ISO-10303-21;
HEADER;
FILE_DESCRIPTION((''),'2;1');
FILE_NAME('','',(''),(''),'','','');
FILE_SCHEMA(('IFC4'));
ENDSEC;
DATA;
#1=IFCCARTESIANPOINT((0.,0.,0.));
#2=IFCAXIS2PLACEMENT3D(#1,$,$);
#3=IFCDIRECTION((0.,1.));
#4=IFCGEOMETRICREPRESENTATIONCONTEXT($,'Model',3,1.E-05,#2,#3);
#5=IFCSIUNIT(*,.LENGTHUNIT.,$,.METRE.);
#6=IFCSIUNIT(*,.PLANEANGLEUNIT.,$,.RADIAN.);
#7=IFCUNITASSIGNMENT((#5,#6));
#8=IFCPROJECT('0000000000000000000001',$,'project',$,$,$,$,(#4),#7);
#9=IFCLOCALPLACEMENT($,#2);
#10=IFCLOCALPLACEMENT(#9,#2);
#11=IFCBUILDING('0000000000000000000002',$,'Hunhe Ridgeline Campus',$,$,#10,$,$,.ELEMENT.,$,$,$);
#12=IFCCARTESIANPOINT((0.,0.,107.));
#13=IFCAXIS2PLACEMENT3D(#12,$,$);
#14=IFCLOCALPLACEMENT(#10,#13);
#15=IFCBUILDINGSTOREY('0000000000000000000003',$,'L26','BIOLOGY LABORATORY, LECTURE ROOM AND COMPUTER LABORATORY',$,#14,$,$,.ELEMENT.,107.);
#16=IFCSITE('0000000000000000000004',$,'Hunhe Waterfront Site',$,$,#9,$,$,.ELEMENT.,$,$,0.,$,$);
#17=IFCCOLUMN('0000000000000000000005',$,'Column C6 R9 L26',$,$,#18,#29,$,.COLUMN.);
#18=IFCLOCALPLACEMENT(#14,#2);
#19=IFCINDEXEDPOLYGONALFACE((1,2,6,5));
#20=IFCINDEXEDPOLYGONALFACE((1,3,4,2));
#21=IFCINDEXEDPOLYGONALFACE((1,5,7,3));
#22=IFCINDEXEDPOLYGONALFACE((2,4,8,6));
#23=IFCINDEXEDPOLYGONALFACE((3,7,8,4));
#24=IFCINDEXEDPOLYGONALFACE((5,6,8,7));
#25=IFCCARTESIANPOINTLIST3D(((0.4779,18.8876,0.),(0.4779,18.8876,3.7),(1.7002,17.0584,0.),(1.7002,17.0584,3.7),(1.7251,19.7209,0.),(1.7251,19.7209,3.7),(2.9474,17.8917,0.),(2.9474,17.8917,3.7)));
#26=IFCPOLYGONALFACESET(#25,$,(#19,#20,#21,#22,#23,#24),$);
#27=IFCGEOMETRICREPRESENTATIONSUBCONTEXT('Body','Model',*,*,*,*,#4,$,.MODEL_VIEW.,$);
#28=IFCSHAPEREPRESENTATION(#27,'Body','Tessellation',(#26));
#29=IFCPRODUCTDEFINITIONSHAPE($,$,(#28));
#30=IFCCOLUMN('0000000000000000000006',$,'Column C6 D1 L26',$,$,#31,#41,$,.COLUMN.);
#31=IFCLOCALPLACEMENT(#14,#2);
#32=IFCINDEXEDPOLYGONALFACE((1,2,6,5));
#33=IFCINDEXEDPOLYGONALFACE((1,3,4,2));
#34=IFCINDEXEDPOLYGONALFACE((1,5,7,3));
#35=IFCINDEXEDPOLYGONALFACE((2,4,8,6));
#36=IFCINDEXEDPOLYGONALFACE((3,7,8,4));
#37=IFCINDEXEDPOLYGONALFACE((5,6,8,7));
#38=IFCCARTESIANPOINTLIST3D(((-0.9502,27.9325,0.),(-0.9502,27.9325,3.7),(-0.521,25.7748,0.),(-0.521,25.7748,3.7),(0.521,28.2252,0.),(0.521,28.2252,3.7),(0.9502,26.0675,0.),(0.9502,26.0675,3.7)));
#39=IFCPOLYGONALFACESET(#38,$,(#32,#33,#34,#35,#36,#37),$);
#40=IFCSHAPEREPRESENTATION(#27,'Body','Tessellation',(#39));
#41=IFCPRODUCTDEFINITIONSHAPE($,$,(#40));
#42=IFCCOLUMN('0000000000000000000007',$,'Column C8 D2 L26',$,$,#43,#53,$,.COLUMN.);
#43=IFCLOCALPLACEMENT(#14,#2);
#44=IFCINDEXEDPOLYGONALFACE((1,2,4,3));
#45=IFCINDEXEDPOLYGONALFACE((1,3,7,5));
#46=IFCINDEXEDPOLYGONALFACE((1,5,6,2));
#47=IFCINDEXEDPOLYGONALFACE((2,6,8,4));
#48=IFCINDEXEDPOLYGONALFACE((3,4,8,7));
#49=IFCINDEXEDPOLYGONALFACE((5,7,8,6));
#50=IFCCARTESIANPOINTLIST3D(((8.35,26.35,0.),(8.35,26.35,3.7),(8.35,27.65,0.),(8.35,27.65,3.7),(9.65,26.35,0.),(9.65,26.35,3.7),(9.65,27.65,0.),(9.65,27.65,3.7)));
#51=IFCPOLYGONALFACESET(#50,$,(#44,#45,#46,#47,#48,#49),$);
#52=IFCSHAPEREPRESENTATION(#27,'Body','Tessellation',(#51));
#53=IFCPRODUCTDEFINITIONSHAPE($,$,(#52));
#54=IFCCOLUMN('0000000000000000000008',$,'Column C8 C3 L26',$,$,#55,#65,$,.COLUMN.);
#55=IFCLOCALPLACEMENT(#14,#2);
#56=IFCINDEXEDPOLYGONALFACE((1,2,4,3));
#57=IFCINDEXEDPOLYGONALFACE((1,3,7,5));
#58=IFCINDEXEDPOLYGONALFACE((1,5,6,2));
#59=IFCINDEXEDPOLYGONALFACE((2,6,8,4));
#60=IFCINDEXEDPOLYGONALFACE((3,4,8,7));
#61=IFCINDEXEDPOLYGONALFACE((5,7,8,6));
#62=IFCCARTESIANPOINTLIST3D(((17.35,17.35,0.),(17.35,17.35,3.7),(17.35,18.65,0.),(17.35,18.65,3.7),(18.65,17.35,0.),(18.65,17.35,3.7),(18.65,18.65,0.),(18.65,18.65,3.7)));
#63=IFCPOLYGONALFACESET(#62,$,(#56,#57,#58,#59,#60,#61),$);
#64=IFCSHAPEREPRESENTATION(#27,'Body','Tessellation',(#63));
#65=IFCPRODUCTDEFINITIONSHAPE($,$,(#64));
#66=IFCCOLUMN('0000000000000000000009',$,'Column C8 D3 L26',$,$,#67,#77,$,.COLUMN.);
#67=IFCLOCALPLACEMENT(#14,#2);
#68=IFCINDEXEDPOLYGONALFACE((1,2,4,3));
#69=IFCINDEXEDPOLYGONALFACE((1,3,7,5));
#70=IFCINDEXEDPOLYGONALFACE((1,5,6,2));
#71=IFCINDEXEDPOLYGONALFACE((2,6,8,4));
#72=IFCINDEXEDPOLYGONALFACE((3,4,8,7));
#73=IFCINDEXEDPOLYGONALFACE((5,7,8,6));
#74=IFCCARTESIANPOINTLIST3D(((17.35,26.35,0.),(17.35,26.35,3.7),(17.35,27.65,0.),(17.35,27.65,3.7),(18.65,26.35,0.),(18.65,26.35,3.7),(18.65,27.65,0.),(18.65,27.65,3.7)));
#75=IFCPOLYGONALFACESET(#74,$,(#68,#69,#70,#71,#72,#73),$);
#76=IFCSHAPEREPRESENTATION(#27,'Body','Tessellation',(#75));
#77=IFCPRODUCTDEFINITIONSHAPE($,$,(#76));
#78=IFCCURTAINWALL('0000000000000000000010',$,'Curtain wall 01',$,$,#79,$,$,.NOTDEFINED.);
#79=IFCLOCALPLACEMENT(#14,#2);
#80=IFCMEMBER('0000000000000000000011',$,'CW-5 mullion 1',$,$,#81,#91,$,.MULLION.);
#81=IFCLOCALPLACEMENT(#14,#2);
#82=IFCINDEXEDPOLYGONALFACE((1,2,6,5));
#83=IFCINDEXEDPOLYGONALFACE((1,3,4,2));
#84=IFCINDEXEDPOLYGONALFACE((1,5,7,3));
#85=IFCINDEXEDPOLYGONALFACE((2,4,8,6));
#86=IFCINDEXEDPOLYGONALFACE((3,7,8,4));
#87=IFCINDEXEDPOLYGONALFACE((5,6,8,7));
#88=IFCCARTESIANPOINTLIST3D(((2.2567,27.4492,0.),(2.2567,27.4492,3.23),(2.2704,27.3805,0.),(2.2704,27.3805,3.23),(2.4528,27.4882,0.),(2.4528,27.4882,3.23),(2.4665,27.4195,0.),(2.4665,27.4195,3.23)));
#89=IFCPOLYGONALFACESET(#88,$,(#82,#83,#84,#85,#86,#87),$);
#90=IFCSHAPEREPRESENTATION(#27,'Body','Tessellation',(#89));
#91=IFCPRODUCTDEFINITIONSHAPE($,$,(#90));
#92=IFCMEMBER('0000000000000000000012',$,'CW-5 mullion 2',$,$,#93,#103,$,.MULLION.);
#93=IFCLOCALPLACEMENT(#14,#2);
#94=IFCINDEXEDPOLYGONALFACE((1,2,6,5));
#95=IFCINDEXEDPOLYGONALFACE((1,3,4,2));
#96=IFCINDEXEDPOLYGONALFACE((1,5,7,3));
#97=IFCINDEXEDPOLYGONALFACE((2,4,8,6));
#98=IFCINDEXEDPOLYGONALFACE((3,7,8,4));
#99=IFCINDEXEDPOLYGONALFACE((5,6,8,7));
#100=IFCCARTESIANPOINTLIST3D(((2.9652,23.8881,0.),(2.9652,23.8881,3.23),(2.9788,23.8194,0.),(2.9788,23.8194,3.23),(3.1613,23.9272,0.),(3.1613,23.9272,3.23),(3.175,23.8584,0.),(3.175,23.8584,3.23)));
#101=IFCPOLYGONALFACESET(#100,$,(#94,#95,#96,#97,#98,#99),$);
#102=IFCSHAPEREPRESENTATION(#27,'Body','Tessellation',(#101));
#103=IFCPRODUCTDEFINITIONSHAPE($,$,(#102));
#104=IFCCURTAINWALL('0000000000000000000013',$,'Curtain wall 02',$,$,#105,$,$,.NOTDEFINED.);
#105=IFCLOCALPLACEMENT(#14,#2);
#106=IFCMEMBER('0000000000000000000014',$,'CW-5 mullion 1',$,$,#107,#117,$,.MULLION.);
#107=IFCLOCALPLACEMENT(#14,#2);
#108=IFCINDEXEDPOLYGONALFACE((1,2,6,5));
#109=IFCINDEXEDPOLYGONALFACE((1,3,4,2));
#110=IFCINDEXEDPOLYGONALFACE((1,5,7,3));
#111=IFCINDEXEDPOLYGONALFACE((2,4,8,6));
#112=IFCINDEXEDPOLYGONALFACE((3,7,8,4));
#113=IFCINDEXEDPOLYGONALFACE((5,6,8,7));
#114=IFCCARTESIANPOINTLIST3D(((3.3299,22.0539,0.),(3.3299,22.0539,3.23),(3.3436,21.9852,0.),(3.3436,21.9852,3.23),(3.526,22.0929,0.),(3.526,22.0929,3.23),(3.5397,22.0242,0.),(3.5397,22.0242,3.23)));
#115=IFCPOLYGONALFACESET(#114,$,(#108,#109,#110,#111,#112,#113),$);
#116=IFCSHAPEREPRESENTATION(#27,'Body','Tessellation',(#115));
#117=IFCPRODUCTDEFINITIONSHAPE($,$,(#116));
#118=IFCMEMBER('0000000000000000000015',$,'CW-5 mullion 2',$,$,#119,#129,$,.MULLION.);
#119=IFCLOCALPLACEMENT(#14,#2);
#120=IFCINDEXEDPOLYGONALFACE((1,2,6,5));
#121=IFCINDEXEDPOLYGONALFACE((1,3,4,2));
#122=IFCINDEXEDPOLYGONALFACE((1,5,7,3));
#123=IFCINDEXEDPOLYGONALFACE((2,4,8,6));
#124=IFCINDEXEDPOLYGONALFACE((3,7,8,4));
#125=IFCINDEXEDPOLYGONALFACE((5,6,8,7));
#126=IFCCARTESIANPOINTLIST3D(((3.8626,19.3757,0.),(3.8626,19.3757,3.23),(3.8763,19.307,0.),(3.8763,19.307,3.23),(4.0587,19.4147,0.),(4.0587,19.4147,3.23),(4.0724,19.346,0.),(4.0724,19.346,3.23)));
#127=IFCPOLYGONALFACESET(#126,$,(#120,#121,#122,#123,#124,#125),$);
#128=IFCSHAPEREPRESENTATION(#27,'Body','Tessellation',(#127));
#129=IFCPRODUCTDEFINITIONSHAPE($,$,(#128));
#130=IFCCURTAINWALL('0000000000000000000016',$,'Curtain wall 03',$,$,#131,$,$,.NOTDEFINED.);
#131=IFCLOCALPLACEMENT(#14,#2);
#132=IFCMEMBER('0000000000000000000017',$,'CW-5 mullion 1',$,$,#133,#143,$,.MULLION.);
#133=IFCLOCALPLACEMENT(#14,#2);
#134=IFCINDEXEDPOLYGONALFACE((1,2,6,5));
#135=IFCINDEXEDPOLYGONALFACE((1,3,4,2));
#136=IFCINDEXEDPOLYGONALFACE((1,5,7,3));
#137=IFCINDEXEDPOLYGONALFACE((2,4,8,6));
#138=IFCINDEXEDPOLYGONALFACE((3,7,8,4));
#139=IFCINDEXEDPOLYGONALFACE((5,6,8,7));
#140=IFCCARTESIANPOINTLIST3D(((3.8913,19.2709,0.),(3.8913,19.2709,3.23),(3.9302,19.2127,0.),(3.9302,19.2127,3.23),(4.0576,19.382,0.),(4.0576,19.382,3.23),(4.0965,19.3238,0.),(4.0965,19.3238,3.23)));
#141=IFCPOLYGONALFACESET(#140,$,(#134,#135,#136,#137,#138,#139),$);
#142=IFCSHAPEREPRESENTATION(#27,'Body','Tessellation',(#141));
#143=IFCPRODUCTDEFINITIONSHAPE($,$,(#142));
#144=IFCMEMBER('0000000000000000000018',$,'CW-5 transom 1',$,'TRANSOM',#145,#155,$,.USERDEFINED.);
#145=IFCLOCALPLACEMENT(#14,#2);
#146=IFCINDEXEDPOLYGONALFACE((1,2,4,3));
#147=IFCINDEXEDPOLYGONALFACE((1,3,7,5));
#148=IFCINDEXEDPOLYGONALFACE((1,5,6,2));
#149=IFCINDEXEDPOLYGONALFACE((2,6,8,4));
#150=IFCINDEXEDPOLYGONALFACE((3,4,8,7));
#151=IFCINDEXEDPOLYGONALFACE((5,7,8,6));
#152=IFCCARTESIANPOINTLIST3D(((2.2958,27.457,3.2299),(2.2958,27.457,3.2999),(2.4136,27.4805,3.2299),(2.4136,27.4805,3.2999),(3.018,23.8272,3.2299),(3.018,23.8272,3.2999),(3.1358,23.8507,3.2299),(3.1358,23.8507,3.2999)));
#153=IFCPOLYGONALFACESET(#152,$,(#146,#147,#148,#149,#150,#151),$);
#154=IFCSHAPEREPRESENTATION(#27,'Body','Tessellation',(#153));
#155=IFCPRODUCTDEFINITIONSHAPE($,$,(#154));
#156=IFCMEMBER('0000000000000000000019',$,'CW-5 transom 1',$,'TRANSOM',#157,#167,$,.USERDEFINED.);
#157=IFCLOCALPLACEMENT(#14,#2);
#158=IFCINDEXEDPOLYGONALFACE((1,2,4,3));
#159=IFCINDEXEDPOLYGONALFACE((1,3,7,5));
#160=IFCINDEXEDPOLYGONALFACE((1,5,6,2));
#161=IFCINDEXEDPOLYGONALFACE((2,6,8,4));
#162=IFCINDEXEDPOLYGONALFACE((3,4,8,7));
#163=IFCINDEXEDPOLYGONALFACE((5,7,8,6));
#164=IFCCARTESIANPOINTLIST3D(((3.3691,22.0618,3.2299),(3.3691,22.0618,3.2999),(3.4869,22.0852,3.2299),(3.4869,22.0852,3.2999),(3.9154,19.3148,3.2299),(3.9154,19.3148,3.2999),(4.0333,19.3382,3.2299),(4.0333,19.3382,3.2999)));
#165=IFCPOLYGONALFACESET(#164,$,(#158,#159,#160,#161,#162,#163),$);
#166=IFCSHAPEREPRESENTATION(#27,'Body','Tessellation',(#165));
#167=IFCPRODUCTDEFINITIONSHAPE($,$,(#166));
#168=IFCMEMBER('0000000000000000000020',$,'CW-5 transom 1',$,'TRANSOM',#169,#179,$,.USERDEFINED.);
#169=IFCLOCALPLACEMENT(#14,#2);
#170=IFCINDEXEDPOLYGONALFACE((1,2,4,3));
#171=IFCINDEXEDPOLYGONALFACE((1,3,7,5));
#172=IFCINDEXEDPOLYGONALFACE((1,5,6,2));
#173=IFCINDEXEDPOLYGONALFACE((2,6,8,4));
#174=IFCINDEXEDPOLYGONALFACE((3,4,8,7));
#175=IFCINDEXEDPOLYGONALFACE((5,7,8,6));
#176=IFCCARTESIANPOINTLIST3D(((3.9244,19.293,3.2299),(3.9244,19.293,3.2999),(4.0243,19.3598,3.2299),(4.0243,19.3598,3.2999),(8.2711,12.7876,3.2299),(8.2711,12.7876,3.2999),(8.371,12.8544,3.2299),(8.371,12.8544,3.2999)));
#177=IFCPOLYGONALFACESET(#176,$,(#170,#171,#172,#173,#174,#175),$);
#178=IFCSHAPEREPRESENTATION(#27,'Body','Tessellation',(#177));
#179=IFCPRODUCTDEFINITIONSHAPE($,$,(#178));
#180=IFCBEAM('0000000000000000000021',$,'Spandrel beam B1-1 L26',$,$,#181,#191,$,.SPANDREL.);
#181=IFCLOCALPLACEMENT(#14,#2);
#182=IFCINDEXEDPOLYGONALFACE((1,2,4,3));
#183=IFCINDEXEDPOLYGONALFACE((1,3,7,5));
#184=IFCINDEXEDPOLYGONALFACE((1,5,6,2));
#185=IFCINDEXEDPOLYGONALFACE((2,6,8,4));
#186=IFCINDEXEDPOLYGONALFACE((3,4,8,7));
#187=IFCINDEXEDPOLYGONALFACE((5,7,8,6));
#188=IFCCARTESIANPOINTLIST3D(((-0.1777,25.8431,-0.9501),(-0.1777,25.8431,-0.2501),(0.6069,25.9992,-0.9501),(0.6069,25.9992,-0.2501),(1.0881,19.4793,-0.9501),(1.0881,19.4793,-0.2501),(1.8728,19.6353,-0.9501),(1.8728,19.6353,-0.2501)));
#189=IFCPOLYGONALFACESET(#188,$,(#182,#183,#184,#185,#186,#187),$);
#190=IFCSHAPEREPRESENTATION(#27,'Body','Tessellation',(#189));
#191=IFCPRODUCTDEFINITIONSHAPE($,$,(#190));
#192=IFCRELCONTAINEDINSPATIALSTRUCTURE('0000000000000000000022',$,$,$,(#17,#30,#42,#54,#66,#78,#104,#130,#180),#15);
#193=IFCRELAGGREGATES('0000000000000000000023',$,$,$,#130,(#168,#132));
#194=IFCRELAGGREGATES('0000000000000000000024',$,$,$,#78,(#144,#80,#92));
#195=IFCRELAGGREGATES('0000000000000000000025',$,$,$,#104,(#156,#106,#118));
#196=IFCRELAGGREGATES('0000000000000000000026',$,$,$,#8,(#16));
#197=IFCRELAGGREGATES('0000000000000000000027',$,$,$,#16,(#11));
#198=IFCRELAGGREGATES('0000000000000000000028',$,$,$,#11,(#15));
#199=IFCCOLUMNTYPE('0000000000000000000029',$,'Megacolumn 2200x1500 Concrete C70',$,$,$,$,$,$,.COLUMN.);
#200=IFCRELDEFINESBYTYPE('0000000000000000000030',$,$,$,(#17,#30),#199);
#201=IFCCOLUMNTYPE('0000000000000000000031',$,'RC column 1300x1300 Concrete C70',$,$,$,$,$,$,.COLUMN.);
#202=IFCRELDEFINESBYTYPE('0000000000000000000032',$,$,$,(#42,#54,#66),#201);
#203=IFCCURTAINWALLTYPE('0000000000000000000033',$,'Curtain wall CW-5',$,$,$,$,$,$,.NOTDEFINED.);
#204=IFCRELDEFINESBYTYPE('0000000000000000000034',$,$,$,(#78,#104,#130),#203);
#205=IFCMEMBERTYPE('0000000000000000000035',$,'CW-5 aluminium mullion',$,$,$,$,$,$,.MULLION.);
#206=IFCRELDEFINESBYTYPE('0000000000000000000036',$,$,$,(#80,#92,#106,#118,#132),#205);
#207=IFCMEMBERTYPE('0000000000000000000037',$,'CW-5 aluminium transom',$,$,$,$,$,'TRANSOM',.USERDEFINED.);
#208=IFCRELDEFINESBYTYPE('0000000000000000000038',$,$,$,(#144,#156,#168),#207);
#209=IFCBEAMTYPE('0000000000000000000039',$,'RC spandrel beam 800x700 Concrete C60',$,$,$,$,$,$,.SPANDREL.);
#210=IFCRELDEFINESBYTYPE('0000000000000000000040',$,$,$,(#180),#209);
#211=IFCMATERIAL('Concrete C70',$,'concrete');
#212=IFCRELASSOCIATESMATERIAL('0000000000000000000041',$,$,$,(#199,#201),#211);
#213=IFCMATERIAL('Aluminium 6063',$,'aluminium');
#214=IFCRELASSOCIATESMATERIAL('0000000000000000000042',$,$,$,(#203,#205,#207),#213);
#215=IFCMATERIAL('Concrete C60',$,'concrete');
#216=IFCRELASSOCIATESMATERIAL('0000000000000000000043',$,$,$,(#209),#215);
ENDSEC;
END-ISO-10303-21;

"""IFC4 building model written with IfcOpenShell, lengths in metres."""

from ifc_helpers import new_model, si_unit, direction, frame, origin, origin_2d, place, context, subcontext, project, spatial, rectangle, extrude, material, material_profile, profile_set, type_object, element, aggregate, save


model = new_model("IFC4")

# Units and contexts
model_context = context("Model", 3, precision=1e-05, world=origin(), true_north=direction((0.0, 1.0)))
body_context = subcontext(model_context, "Body", "Model", "MODEL_VIEW")
ifc_project = project(units=[si_unit("LENGTHUNIT", "METRE"), si_unit("PLANEANGLEUNIT", "RADIAN")], contexts=[model_context])

# Site, building, storey
site_placement = place(None, origin())
site = spatial("IfcSite", under=ifc_project, at=site_placement, Name="Hunhe Waterfront Site", CompositionType="ELEMENT", RefElevation=0.0)
building_placement = place(site_placement, origin())
building = spatial("IfcBuilding", under=site, at=building_placement, Name="Hunhe Ridgeline Campus", CompositionType="ELEMENT")
storey_placement = place(building_placement, frame((0.0, 0.0, 107.0)))
storey = spatial("IfcBuildingStorey", under=building, at=storey_placement, Name="L26", Description="BIOLOGY LABORATORY, LECTURE ROOM AND COMPUTER LABORATORY", CompositionType="ELEMENT", Elevation=107.0)

# Columns
ifc_material_1 = material(Name="Concrete C70", Category="concrete")
ifc_material_profile_1 = material_profile(ifc_material_1, rectangle(XDim=2.2, YDim=1.5, at=origin_2d()))
ifc_profile_set_1 = profile_set([ifc_material_profile_1], Name="Concrete C70")
column_type_1 = type_object("IfcColumnType", Name="Megacolumn 2200x1500 Concrete C70", PredefinedType="COLUMN", material=ifc_profile_set_1)
for number, where, z_axis, x_axis, name in (
    (1, (1.7126, 18.3896, 0.0), (0.0, 0.0, 1.0), (-0.55557, 0.83147, 0.0), "Column C6 R9 L26"),
    (2, (0.0, 27.0, 0.0), (0.0, 0.0, 1.0), (-0.19509, 0.980785, 0.0), "Column C6 D1 L26"),
):
    element("IfcColumn", number, at=place(storey_placement, frame(where, z_axis=z_axis, x_axis=x_axis)), inside=storey, type_object=column_type_1, Name=name, PredefinedType="COLUMN", context=body_context, shape_type="SweptSolid", body=[
        extrude(rectangle(XDim=2.2, YDim=1.5, at=origin_2d()), origin(), (0.0, 0.0, 1.0), 3.7),
    ])
ifc_material_profile_2 = material_profile(ifc_material_1, rectangle(XDim=1.3, YDim=1.3, at=origin_2d()))
ifc_profile_set_2 = profile_set([ifc_material_profile_2], Name="Concrete C70")
column_type_2 = type_object("IfcColumnType", Name="RC column 1300x1300 Concrete C70", PredefinedType="COLUMN", material=ifc_profile_set_2)
for number, where, z_axis, x_axis, name in (
    (3, (9.0, 27.0, 0.0), (0.0, 0.0, 1.0), (1.0, 0.0, 0.0), "Column C8 D2 L26"),
    (4, (18.0, 18.0, 0.0), (0.0, 0.0, 1.0), (1.0, 0.0, 0.0), "Column C8 C3 L26"),
    (5, (18.0, 27.0, 0.0), (0.0, 0.0, 1.0), (1.0, 0.0, 0.0), "Column C8 D3 L26"),
):
    element("IfcColumn", number, at=place(storey_placement, frame(where, z_axis=z_axis, x_axis=x_axis)), inside=storey, type_object=column_type_2, Name=name, PredefinedType="COLUMN", context=body_context, shape_type="SweptSolid", body=[
        extrude(rectangle(XDim=1.3, YDim=1.3, at=origin_2d()), origin(), (0.0, 0.0, 1.0), 3.7),
    ])

# Curtain walls, members
ifc_material_2 = material(Name="Aluminium 6063", Category="aluminium")
curtain_wall_type = type_object("IfcCurtainWallType", Name="Curtain wall CW-5", PredefinedType="NOTDEFINED", material=ifc_material_2)
curtain_wall_1_placement = place(storey_placement, origin())
curtain_wall_1 = element("IfcCurtainWall", 6, at=curtain_wall_1_placement, inside=storey, type_object=curtain_wall_type, Name="Curtain wall 01", PredefinedType="NOTDEFINED")
ifc_material_profile_3 = material_profile(ifc_material_2, rectangle(XDim=0.2, YDim=0.0701, at=origin_2d()))
ifc_profile_set_3 = profile_set([ifc_material_profile_3], Name="Aluminium 6063")
member_type_1 = type_object("IfcMemberType", Name="CW-5 aluminium mullion", PredefinedType="MULLION", material=ifc_profile_set_3)
member_1_placement = place(storey_placement, frame((2.3616, 27.4343, 0.0), z_axis=(0.0, 0.0, 1.0), x_axis=(0.980784, 0.195095, 0.0)))
member_1 = element("IfcMember", 7, at=member_1_placement, type_object=member_type_1, Name="CW-5 mullion 1", PredefinedType="MULLION", context=body_context, shape_type="SweptSolid", body=[
    extrude(rectangle(XDim=0.2, YDim=0.0701, at=origin_2d()), origin(), (0.0, 0.0, 1.0), 3.23),
])
member_2_placement = place(storey_placement, frame((3.0701, 23.8733, 0.0), z_axis=(0.0, 0.0, 1.0), x_axis=(0.980784, 0.195095, 0.0)))
member_2 = element("IfcMember", 8, at=member_2_placement, type_object=member_type_1, Name="CW-5 mullion 2", PredefinedType="MULLION", context=body_context, shape_type="SweptSolid", body=[
    extrude(rectangle(XDim=0.2, YDim=0.0701, at=origin_2d()), origin(), (0.0, 0.0, 1.0), 3.23),
])
curtain_wall_2_placement = place(storey_placement, origin())
curtain_wall_2 = element("IfcCurtainWall", 9, at=curtain_wall_2_placement, inside=storey, type_object=curtain_wall_type, Name="Curtain wall 02", PredefinedType="NOTDEFINED")
member_3_placement = place(storey_placement, frame((3.4348, 22.0391, 0.0), z_axis=(0.0, 0.0, 1.0), x_axis=(0.980784, 0.195095, 0.0)))
member_3 = element("IfcMember", 10, at=member_3_placement, type_object=member_type_1, Name="CW-5 mullion 1", PredefinedType="MULLION", context=body_context, shape_type="SweptSolid", body=[
    extrude(rectangle(XDim=0.2, YDim=0.0701, at=origin_2d()), origin(), (0.0, 0.0, 1.0), 3.23),
])
member_4_placement = place(storey_placement, frame((3.9675, 19.3608, 0.0), z_axis=(0.0, 0.0, 1.0), x_axis=(0.980784, 0.195095, 0.0)))
member_4 = element("IfcMember", 11, at=member_4_placement, type_object=member_type_1, Name="CW-5 mullion 2", PredefinedType="MULLION", context=body_context, shape_type="SweptSolid", body=[
    extrude(rectangle(XDim=0.2, YDim=0.0701, at=origin_2d()), origin(), (0.0, 0.0, 1.0), 3.23),
])

# Curtain wall, member
curtain_wall_3_placement = place(storey_placement, origin())
curtain_wall_3 = element("IfcCurtainWall", 12, at=curtain_wall_3_placement, inside=storey, type_object=curtain_wall_type, Name="Curtain wall 03", PredefinedType="NOTDEFINED")
member_5_placement = place(storey_placement, frame((3.9939, 19.2974, 0.0), z_axis=(0.0, 0.0, 1.0), x_axis=(0.83147, 0.55557, 0.0)))
member_5 = element("IfcMember", 13, at=member_5_placement, type_object=member_type_1, Name="CW-5 mullion 1", PredefinedType="MULLION", context=body_context, shape_type="SweptSolid", body=[
    extrude(rectangle(XDim=0.2, YDim=0.0701, at=origin_2d()), origin(), (0.0, 0.0, 1.0), 3.23),
])

# Members
ifc_material_profile_4 = material_profile(ifc_material_2, rectangle(XDim=0.1201, YDim=0.0701, at=origin_2d()))
ifc_profile_set_4 = profile_set([ifc_material_profile_4], Name="Aluminium 6063")
member_type_2 = type_object("IfcMemberType", Name="CW-5 aluminium transom", ElementType="TRANSOM", PredefinedType="USERDEFINED", material=ifc_profile_set_4)
member_6_placement = place(storey_placement, frame((2.3547, 27.4688, 3.2649), z_axis=(0.195127, -0.980778, 0.0), x_axis=(0.980778, 0.195127, 0.0)))
member_6 = element("IfcMember", 14, at=member_6_placement, type_object=member_type_2, Name="CW-5 transom 1", ObjectType="TRANSOM", PredefinedType="USERDEFINED", context=body_context, shape_type="SweptSolid", body=[
    extrude(rectangle(XDim=0.1201, YDim=0.0701, at=origin_2d()), origin(), (0.0, 0.0, 1.0), 3.7009),
])
member_7_placement = place(storey_placement, frame((3.428, 22.0735, 3.2649), z_axis=(0.195077, -0.980788, 0.0), x_axis=(0.980788, 0.195077, 0.0)))
member_7 = element("IfcMember", 15, at=member_7_placement, type_object=member_type_2, Name="CW-5 transom 1", ObjectType="TRANSOM", PredefinedType="USERDEFINED", context=body_context, shape_type="SweptSolid", body=[
    extrude(rectangle(XDim=0.1201, YDim=0.0701, at=origin_2d()), origin(), (0.0, 0.0, 1.0), 2.8008),
])
member_8_placement = place(storey_placement, frame((3.9744, 19.3264, 3.2649), z_axis=(0.555564, -0.831474, 0.0), x_axis=(0.831474, 0.555564, 0.0)))
member_8 = element("IfcMember", 16, at=member_8_placement, type_object=member_type_2, Name="CW-5 transom 1", ObjectType="TRANSOM", PredefinedType="USERDEFINED", context=body_context, shape_type="SweptSolid", body=[
    extrude(rectangle(XDim=0.1201, YDim=0.0701, at=origin_2d()), origin(), (0.0, 0.0, 1.0), 7.824),
])
aggregate(curtain_wall_3, [member_8, member_5])

# Beam
ifc_material_3 = material(Name="Concrete C60", Category="concrete")
ifc_material_profile_5 = material_profile(ifc_material_3, rectangle(XDim=0.8, YDim=0.7, at=origin_2d()))
ifc_profile_set_5 = profile_set([ifc_material_profile_5], Name="Concrete C60")
beam_type = type_object("IfcBeamType", Name="RC spandrel beam 800x700 Concrete C60", PredefinedType="SPANDREL", material=ifc_profile_set_5)
beam_placement = place(storey_placement, frame((0.2146, 25.9211, -0.6001), z_axis=(0.195096, -0.980784, 0.0), x_axis=(0.980784, 0.195096, 0.0)))
element("IfcBeam", 17, at=beam_placement, inside=storey, type_object=beam_type, Name="Spandrel beam B1-1 L26", PredefinedType="SPANDREL", context=body_context, shape_type="SweptSolid", body=[
    extrude(rectangle(XDim=0.8, YDim=0.7, at=origin_2d()), origin(), (0.0, 0.0, 1.0), 6.4885),
])

aggregate(curtain_wall_1, [member_6, member_1, member_2])
aggregate(curtain_wall_2, [member_7, member_3, member_4])

save(model, "model.ifc")
